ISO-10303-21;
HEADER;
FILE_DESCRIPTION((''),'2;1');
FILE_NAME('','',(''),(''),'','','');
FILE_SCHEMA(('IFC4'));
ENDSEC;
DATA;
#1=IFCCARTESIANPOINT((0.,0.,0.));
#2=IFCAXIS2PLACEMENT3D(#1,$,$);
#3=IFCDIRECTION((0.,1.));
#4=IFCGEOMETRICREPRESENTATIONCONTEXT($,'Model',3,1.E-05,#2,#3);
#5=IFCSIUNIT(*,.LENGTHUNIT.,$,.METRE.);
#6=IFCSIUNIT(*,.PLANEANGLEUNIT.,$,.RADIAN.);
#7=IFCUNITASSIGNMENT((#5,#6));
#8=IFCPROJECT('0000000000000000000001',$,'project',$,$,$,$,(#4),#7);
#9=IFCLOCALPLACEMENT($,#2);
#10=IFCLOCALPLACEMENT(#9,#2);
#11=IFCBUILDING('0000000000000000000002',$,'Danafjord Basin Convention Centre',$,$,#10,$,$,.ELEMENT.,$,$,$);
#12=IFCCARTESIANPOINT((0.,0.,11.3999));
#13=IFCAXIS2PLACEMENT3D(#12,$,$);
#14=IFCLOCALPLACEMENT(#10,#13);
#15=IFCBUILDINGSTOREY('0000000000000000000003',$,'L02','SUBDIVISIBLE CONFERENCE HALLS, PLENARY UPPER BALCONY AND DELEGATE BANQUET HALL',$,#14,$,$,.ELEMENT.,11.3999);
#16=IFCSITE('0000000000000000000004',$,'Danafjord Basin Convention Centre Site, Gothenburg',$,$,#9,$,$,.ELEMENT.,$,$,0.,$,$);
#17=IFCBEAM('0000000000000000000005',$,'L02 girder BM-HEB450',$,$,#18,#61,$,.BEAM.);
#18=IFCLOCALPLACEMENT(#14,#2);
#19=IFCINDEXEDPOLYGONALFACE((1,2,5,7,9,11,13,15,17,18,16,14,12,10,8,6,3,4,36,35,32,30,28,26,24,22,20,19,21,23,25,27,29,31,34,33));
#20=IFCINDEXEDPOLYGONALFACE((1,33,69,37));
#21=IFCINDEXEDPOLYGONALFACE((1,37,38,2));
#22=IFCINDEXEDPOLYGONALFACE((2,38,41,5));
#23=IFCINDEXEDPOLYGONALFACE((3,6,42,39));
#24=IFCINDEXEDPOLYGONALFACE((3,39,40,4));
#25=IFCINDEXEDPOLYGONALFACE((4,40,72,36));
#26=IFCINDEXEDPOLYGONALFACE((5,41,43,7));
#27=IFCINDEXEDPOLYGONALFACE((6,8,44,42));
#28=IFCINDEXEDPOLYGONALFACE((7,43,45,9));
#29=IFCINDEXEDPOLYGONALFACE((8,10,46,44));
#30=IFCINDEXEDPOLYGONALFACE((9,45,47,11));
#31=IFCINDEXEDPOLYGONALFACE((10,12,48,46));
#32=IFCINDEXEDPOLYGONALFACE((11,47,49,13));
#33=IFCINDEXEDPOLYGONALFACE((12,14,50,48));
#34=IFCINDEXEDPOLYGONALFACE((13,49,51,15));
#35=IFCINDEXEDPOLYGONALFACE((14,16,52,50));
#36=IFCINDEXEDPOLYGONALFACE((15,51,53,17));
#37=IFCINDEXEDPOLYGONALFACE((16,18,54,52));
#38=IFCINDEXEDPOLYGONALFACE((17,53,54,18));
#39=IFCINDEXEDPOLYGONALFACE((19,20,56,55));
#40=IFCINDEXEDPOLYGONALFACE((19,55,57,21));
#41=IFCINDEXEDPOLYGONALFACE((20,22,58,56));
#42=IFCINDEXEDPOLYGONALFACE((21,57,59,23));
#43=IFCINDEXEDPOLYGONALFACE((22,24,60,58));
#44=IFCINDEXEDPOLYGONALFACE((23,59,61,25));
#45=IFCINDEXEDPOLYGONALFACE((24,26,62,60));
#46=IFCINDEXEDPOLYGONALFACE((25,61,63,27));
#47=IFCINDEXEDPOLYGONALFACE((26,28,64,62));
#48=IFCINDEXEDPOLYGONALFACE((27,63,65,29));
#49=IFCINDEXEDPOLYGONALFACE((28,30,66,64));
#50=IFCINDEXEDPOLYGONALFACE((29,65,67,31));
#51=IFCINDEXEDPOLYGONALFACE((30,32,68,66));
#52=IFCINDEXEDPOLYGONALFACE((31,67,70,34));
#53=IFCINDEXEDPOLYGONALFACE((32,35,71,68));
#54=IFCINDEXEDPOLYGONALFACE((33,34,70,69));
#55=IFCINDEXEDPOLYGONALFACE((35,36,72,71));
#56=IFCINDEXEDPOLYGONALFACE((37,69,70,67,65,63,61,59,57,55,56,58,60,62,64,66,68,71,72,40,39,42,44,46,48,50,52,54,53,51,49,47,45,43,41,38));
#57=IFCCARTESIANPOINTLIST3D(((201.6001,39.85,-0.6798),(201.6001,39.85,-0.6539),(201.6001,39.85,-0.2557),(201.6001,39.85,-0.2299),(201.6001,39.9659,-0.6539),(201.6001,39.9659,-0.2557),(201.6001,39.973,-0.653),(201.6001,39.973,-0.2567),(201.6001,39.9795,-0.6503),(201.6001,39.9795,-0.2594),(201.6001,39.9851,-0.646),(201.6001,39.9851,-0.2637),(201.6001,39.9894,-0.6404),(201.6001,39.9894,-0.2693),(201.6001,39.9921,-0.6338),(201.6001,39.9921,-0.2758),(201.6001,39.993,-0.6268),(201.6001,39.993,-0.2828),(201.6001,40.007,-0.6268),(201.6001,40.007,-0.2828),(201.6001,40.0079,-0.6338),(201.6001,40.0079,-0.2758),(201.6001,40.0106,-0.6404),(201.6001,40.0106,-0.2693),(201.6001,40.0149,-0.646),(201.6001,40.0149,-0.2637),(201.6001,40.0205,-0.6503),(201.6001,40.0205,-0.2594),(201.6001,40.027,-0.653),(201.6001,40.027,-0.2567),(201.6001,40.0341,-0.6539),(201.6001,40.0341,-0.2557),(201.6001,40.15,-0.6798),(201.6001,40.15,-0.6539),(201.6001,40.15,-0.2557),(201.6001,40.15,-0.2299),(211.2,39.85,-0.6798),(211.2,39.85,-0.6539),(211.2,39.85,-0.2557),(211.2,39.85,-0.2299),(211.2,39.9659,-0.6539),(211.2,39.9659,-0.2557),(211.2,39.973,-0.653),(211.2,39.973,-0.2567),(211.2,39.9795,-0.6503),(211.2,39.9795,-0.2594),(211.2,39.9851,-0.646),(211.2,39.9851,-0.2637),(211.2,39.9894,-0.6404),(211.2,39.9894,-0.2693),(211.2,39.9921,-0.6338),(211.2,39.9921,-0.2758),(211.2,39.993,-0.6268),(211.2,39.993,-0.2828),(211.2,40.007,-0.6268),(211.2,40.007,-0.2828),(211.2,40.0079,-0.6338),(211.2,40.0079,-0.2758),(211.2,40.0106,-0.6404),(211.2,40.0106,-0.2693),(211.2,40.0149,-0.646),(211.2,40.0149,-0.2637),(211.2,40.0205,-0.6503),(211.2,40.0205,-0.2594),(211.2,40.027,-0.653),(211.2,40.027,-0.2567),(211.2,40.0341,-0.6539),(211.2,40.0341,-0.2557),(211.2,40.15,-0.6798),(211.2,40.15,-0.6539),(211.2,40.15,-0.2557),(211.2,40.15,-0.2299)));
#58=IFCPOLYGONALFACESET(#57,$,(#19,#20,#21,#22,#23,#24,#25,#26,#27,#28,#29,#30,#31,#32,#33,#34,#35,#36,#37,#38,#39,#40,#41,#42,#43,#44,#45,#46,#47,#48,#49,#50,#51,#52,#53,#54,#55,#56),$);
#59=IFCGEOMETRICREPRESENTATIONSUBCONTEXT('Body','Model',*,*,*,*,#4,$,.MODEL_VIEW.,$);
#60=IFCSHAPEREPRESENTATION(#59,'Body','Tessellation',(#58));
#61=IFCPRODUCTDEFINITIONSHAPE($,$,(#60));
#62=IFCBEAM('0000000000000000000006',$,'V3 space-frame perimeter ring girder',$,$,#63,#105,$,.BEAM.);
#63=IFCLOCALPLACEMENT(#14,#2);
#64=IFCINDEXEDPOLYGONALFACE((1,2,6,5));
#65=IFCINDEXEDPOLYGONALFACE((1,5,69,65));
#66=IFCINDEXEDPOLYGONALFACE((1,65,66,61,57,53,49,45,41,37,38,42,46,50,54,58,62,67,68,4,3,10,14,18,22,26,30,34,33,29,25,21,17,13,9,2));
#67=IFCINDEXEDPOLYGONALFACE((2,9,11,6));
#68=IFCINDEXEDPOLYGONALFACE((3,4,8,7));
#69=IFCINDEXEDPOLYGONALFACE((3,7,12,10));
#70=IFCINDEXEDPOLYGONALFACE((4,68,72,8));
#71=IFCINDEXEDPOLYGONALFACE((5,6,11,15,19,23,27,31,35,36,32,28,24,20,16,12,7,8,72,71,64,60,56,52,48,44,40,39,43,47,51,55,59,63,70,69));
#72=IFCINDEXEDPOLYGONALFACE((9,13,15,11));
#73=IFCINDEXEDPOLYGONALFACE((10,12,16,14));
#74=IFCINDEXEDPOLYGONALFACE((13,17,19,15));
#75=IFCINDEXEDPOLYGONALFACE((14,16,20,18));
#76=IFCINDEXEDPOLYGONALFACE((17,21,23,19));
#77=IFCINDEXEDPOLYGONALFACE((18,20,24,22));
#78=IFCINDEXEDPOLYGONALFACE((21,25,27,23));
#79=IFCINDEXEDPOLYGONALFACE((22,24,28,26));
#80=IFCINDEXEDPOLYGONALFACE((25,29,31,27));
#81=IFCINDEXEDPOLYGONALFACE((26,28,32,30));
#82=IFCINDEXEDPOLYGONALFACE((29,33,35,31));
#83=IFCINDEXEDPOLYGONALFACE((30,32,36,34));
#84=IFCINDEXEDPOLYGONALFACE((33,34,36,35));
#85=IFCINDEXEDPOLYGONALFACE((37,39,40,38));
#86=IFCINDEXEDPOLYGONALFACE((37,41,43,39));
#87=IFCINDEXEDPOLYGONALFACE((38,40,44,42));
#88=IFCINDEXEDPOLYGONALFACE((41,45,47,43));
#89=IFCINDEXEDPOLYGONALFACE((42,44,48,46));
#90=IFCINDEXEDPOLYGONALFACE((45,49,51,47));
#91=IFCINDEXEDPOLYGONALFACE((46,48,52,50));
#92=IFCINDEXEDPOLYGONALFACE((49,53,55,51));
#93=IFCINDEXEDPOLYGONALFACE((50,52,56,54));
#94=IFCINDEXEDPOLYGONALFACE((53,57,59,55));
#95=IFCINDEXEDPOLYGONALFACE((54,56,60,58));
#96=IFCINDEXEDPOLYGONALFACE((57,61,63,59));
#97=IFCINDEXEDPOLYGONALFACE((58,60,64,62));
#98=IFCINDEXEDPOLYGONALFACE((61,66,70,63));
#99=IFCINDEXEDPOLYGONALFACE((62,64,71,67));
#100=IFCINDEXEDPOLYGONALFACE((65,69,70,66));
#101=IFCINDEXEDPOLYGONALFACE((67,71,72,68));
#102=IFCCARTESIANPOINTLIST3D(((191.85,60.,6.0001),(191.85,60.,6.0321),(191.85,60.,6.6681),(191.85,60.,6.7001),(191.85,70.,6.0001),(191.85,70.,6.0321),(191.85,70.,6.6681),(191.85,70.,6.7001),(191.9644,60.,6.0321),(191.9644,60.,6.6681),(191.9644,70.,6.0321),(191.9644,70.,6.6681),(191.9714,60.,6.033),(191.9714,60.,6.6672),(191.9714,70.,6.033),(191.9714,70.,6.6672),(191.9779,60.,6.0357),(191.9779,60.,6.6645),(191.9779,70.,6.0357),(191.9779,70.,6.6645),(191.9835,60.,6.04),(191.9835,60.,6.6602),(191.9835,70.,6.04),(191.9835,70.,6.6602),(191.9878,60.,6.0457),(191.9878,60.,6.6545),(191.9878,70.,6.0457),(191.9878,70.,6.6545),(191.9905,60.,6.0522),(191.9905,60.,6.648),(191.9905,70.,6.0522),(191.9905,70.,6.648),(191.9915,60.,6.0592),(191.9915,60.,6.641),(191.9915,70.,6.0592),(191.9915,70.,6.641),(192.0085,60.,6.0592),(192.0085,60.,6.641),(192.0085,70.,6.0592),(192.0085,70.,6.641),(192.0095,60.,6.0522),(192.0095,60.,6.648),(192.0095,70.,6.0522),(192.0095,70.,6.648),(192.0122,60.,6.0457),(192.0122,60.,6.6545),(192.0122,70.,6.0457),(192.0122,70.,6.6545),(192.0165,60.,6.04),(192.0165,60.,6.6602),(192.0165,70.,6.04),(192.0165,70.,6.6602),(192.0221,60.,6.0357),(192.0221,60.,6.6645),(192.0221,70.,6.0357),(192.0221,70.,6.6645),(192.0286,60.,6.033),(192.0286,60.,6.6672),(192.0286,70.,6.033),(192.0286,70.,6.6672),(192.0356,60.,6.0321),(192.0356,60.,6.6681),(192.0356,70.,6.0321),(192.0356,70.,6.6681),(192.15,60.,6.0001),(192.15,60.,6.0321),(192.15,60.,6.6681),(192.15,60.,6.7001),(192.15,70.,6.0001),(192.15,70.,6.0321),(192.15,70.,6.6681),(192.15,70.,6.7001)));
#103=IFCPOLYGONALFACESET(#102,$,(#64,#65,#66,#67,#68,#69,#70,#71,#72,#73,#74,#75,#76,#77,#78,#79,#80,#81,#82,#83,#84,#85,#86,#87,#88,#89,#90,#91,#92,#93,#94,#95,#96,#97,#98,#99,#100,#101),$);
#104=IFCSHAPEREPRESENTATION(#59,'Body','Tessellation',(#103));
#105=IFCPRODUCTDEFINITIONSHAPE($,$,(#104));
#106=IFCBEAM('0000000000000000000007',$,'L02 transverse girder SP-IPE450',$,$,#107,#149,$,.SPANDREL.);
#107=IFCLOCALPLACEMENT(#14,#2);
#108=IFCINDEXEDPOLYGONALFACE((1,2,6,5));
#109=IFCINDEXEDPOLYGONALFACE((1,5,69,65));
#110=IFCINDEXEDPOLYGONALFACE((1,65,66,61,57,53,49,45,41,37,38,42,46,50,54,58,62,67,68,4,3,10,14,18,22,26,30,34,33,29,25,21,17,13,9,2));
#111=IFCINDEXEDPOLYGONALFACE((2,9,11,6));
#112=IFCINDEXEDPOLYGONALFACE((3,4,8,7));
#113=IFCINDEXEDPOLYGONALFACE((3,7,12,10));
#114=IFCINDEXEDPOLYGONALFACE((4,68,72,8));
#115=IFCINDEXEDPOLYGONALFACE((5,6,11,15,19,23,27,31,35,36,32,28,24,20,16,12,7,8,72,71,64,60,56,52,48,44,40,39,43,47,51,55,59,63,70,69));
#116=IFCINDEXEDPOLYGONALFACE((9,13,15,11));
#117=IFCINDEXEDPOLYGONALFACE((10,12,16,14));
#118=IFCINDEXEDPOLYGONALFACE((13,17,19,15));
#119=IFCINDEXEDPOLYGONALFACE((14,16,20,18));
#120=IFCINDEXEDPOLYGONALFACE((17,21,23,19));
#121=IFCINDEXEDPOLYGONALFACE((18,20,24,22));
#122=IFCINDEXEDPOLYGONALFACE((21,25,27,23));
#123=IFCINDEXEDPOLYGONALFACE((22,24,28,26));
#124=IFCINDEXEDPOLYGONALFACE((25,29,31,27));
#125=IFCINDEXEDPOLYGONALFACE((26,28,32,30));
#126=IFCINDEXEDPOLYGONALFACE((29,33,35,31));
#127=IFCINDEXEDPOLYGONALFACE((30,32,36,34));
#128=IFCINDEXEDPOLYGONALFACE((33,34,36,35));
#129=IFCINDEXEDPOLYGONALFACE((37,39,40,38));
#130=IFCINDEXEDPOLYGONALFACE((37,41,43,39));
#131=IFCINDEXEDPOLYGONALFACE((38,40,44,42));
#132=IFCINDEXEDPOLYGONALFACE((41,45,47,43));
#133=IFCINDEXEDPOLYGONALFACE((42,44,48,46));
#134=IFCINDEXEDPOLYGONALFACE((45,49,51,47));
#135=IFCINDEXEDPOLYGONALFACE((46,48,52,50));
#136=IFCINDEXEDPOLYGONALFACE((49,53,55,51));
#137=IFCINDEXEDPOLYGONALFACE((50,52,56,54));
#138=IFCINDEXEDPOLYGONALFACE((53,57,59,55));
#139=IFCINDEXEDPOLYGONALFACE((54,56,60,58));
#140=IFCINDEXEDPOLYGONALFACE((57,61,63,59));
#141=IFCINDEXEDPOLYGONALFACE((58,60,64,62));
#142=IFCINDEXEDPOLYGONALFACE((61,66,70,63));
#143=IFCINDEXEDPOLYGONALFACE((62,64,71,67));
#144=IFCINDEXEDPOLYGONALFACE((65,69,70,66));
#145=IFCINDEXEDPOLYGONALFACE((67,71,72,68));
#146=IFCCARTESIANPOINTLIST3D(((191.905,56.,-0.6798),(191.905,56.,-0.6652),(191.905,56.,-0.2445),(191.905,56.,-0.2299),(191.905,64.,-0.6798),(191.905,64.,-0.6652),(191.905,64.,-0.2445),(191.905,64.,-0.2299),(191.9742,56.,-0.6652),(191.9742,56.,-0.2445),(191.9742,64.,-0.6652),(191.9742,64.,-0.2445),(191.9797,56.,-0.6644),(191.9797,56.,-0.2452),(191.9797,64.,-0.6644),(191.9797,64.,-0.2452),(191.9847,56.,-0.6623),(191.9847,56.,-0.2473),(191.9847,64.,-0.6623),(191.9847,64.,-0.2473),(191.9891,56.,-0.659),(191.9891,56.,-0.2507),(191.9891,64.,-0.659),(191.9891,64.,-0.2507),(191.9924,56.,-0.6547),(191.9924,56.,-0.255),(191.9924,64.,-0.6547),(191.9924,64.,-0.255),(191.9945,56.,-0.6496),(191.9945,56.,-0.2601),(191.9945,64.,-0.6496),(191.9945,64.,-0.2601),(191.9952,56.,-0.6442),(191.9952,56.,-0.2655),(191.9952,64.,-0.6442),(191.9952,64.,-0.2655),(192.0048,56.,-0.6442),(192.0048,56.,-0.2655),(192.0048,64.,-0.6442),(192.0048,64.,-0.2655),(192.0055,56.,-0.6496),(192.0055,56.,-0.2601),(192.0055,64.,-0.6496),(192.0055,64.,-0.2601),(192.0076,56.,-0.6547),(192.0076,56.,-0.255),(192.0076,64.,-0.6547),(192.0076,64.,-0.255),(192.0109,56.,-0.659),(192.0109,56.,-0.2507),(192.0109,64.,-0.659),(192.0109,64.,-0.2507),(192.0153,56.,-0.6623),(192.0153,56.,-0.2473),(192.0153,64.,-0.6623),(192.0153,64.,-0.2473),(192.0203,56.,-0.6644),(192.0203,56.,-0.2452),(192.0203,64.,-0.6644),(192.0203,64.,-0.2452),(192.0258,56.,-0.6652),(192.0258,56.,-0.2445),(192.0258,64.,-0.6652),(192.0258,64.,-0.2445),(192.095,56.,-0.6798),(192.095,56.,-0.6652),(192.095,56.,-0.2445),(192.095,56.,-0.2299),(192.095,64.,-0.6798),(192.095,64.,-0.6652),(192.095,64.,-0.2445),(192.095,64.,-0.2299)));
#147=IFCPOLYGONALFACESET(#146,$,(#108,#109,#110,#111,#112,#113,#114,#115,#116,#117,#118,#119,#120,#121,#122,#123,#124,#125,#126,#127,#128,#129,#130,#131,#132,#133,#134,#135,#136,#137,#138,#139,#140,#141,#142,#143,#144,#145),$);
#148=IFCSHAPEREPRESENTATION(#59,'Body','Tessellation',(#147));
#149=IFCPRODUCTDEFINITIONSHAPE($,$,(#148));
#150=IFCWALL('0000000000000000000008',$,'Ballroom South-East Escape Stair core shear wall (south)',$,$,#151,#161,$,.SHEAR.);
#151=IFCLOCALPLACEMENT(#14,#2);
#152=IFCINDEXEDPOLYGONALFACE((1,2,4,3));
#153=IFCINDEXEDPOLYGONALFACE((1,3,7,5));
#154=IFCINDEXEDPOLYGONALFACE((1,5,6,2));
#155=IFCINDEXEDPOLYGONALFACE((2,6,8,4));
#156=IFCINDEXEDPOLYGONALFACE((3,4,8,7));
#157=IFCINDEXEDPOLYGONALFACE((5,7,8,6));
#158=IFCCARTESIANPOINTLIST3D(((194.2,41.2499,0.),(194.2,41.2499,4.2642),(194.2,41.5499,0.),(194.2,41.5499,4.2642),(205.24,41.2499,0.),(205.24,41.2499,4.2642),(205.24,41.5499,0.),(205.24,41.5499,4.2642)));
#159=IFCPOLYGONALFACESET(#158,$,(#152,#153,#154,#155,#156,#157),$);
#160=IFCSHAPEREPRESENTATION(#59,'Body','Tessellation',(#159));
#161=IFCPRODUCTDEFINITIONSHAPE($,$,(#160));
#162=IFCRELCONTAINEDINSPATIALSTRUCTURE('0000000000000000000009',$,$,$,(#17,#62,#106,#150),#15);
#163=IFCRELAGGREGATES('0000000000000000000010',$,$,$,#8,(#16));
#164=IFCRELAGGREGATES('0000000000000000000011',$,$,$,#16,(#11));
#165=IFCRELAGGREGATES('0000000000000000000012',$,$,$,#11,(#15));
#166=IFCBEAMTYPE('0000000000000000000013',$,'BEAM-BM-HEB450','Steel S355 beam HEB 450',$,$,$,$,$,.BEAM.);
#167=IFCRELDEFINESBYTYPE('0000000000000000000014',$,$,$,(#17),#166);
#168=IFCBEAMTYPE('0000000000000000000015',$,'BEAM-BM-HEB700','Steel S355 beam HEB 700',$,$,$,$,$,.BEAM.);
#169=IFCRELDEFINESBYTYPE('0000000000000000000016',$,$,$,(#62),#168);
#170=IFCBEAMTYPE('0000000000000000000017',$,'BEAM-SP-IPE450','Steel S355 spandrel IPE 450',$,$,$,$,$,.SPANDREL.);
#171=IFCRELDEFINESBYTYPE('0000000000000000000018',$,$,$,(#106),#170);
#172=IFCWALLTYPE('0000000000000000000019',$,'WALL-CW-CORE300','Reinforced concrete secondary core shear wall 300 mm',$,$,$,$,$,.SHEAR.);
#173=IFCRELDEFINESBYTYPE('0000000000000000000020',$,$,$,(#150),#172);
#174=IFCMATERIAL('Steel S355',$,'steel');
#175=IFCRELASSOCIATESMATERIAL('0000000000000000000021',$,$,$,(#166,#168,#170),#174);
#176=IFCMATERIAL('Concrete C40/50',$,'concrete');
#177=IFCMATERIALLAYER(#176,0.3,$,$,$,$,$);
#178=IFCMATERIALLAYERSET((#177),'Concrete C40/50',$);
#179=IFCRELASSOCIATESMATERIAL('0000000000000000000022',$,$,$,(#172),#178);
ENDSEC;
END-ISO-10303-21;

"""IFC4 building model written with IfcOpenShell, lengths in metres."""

from ifc_helpers import new_model, si_unit, direction, frame, frame_2d, origin, origin_2d, place, context, subcontext, project, spatial, rectangle, i_section, extrude, material, layer, layer_set, material_profile, profile_set, type_object, element, save


model = new_model("IFC4")

# Units and contexts
model_context = context("Model", 3, precision=1e-05, world=origin(), true_north=direction((0.0, 1.0)))
body_context = subcontext(model_context, "Body", "Model", "MODEL_VIEW")
ifc_project = project(units=[si_unit("LENGTHUNIT", "METRE"), si_unit("PLANEANGLEUNIT", "RADIAN")], contexts=[model_context])

# Site, building, storey
site_placement = place(None, origin())
site = spatial("IfcSite", under=ifc_project, at=site_placement, Name="Danafjord Basin Convention Centre Site, Gothenburg", CompositionType="ELEMENT", RefElevation=0.0)
building_placement = place(site_placement, origin())
building = spatial("IfcBuilding", under=site, at=building_placement, Name="Danafjord Basin Convention Centre", CompositionType="ELEMENT")
storey_placement = place(building_placement, frame((0.0, 0.0, 11.3999)))
storey = spatial("IfcBuildingStorey", under=building, at=storey_placement, Name="L02", Description="SUBDIVISIBLE CONFERENCE HALLS, PLENARY UPPER BALCONY AND DELEGATE BANQUET HALL", CompositionType="ELEMENT", Elevation=11.3999)

# Shared definitions
ifc_material_1 = material(Name="Steel S355", Category="steel")

# Beams
ifc_material_profile_1 = material_profile(ifc_material_1, i_section(OverallWidth=0.3, OverallDepth=0.45, WebThickness=0.0139, FlangeThickness=0.0259, FilletRadius=0.0271, at=origin_2d()), Name="HEB 450")
ifc_profile_set_1 = profile_set([ifc_material_profile_1], Name="Steel S355")
beam_type_1 = type_object("IfcBeamType", Name="BEAM-BM-HEB450", Description="Steel S355 beam HEB 450", PredefinedType="BEAM", material=ifc_profile_set_1)
beam_1_placement = place(storey_placement, frame((201.6001, 40.0, -0.4548), z_axis=(1.0, 0.0, 0.0), x_axis=(0.0, 1.0, 0.0)))
element("IfcBeam", 1, at=beam_1_placement, inside=storey, type_object=beam_type_1, Name="L02 girder BM-HEB450", PredefinedType="BEAM", context=body_context, shape_type="SweptSolid", body=[
    extrude(i_section(OverallWidth=0.3, OverallDepth=0.45, WebThickness=0.0139, FlangeThickness=0.0259, FilletRadius=0.0271, at=origin_2d()), origin(), (0.0, 0.0, 1.0), 9.5999),
])
ifc_material_profile_2 = material_profile(ifc_material_1, i_section(OverallWidth=0.3, OverallDepth=0.7, WebThickness=0.0171, FlangeThickness=0.032, FilletRadius=0.0271, at=origin_2d()), Name="HEB 700")
ifc_profile_set_2 = profile_set([ifc_material_profile_2], Name="Steel S355")
beam_type_2 = type_object("IfcBeamType", Name="BEAM-BM-HEB700", Description="Steel S355 beam HEB 700", PredefinedType="BEAM", material=ifc_profile_set_2)
beam_2_placement = place(storey_placement, frame((192.0, 60.0, 6.3501), z_axis=(0.0, 1.0, 0.0), x_axis=(-1.0, 0.0, 0.0)))
element("IfcBeam", 2, at=beam_2_placement, inside=storey, type_object=beam_type_2, Name="V3 space-frame perimeter ring girder", PredefinedType="BEAM", context=body_context, shape_type="SweptSolid", body=[
    extrude(i_section(OverallWidth=0.3, OverallDepth=0.7, WebThickness=0.0171, FlangeThickness=0.032, FilletRadius=0.0271, at=origin_2d()), origin(), (0.0, 0.0, 1.0), 10.0),
])
ifc_material_profile_3 = material_profile(ifc_material_1, i_section(OverallWidth=0.1899, OverallDepth=0.45, WebThickness=0.0095, FlangeThickness=0.0146, FilletRadius=0.021, at=origin_2d()), Name="IPE 450")
ifc_profile_set_3 = profile_set([ifc_material_profile_3], Name="Steel S355")
beam_type_3 = type_object("IfcBeamType", Name="BEAM-SP-IPE450", Description="Steel S355 spandrel IPE 450", PredefinedType="SPANDREL", material=ifc_profile_set_3)
beam_3_placement = place(storey_placement, frame((192.0, 56.0, -0.4548), z_axis=(0.0, 1.0, 0.0), x_axis=(-1.0, 0.0, 0.0)))
element("IfcBeam", 3, at=beam_3_placement, inside=storey, type_object=beam_type_3, Name="L02 transverse girder SP-IPE450", PredefinedType="SPANDREL", context=body_context, shape_type="SweptSolid", body=[
    extrude(i_section(OverallWidth=0.1899, OverallDepth=0.45, WebThickness=0.0095, FlangeThickness=0.0146, FilletRadius=0.021, at=origin_2d()), origin(), (0.0, 0.0, 1.0), 8.0),
])

# Wall
ifc_material_2 = material(Name="Concrete C40/50", Category="concrete")
ifc_layer_1 = layer(ifc_material_2, 0.3)
ifc_layer_set_1 = layer_set([ifc_layer_1], Name="Concrete C40/50")
wall_type_1 = type_object("IfcWallType", Name="WALL-CW-CORE300", Description="Reinforced concrete secondary core shear wall 300 mm", PredefinedType="SHEAR", material=ifc_layer_set_1)
wall_1_placement = place(storey_placement, frame((194.2, 41.3999, 0.0), z_axis=(0.0, 0.0, 1.0), x_axis=(1.0, 0.0, 0.0)))
element("IfcWall", 4, at=wall_1_placement, inside=storey, type_object=wall_type_1, Name="Ballroom South-East Escape Stair core shear wall (south)", PredefinedType="SHEAR", context=body_context, shape_type="SweptSolid", body=[
    extrude(rectangle(XDim=11.04, YDim=0.3, at=frame_2d((5.52, 0.0))), origin(), (0.0, 0.0, 1.0), 4.2642),
])

save(model, "model.ifc")
